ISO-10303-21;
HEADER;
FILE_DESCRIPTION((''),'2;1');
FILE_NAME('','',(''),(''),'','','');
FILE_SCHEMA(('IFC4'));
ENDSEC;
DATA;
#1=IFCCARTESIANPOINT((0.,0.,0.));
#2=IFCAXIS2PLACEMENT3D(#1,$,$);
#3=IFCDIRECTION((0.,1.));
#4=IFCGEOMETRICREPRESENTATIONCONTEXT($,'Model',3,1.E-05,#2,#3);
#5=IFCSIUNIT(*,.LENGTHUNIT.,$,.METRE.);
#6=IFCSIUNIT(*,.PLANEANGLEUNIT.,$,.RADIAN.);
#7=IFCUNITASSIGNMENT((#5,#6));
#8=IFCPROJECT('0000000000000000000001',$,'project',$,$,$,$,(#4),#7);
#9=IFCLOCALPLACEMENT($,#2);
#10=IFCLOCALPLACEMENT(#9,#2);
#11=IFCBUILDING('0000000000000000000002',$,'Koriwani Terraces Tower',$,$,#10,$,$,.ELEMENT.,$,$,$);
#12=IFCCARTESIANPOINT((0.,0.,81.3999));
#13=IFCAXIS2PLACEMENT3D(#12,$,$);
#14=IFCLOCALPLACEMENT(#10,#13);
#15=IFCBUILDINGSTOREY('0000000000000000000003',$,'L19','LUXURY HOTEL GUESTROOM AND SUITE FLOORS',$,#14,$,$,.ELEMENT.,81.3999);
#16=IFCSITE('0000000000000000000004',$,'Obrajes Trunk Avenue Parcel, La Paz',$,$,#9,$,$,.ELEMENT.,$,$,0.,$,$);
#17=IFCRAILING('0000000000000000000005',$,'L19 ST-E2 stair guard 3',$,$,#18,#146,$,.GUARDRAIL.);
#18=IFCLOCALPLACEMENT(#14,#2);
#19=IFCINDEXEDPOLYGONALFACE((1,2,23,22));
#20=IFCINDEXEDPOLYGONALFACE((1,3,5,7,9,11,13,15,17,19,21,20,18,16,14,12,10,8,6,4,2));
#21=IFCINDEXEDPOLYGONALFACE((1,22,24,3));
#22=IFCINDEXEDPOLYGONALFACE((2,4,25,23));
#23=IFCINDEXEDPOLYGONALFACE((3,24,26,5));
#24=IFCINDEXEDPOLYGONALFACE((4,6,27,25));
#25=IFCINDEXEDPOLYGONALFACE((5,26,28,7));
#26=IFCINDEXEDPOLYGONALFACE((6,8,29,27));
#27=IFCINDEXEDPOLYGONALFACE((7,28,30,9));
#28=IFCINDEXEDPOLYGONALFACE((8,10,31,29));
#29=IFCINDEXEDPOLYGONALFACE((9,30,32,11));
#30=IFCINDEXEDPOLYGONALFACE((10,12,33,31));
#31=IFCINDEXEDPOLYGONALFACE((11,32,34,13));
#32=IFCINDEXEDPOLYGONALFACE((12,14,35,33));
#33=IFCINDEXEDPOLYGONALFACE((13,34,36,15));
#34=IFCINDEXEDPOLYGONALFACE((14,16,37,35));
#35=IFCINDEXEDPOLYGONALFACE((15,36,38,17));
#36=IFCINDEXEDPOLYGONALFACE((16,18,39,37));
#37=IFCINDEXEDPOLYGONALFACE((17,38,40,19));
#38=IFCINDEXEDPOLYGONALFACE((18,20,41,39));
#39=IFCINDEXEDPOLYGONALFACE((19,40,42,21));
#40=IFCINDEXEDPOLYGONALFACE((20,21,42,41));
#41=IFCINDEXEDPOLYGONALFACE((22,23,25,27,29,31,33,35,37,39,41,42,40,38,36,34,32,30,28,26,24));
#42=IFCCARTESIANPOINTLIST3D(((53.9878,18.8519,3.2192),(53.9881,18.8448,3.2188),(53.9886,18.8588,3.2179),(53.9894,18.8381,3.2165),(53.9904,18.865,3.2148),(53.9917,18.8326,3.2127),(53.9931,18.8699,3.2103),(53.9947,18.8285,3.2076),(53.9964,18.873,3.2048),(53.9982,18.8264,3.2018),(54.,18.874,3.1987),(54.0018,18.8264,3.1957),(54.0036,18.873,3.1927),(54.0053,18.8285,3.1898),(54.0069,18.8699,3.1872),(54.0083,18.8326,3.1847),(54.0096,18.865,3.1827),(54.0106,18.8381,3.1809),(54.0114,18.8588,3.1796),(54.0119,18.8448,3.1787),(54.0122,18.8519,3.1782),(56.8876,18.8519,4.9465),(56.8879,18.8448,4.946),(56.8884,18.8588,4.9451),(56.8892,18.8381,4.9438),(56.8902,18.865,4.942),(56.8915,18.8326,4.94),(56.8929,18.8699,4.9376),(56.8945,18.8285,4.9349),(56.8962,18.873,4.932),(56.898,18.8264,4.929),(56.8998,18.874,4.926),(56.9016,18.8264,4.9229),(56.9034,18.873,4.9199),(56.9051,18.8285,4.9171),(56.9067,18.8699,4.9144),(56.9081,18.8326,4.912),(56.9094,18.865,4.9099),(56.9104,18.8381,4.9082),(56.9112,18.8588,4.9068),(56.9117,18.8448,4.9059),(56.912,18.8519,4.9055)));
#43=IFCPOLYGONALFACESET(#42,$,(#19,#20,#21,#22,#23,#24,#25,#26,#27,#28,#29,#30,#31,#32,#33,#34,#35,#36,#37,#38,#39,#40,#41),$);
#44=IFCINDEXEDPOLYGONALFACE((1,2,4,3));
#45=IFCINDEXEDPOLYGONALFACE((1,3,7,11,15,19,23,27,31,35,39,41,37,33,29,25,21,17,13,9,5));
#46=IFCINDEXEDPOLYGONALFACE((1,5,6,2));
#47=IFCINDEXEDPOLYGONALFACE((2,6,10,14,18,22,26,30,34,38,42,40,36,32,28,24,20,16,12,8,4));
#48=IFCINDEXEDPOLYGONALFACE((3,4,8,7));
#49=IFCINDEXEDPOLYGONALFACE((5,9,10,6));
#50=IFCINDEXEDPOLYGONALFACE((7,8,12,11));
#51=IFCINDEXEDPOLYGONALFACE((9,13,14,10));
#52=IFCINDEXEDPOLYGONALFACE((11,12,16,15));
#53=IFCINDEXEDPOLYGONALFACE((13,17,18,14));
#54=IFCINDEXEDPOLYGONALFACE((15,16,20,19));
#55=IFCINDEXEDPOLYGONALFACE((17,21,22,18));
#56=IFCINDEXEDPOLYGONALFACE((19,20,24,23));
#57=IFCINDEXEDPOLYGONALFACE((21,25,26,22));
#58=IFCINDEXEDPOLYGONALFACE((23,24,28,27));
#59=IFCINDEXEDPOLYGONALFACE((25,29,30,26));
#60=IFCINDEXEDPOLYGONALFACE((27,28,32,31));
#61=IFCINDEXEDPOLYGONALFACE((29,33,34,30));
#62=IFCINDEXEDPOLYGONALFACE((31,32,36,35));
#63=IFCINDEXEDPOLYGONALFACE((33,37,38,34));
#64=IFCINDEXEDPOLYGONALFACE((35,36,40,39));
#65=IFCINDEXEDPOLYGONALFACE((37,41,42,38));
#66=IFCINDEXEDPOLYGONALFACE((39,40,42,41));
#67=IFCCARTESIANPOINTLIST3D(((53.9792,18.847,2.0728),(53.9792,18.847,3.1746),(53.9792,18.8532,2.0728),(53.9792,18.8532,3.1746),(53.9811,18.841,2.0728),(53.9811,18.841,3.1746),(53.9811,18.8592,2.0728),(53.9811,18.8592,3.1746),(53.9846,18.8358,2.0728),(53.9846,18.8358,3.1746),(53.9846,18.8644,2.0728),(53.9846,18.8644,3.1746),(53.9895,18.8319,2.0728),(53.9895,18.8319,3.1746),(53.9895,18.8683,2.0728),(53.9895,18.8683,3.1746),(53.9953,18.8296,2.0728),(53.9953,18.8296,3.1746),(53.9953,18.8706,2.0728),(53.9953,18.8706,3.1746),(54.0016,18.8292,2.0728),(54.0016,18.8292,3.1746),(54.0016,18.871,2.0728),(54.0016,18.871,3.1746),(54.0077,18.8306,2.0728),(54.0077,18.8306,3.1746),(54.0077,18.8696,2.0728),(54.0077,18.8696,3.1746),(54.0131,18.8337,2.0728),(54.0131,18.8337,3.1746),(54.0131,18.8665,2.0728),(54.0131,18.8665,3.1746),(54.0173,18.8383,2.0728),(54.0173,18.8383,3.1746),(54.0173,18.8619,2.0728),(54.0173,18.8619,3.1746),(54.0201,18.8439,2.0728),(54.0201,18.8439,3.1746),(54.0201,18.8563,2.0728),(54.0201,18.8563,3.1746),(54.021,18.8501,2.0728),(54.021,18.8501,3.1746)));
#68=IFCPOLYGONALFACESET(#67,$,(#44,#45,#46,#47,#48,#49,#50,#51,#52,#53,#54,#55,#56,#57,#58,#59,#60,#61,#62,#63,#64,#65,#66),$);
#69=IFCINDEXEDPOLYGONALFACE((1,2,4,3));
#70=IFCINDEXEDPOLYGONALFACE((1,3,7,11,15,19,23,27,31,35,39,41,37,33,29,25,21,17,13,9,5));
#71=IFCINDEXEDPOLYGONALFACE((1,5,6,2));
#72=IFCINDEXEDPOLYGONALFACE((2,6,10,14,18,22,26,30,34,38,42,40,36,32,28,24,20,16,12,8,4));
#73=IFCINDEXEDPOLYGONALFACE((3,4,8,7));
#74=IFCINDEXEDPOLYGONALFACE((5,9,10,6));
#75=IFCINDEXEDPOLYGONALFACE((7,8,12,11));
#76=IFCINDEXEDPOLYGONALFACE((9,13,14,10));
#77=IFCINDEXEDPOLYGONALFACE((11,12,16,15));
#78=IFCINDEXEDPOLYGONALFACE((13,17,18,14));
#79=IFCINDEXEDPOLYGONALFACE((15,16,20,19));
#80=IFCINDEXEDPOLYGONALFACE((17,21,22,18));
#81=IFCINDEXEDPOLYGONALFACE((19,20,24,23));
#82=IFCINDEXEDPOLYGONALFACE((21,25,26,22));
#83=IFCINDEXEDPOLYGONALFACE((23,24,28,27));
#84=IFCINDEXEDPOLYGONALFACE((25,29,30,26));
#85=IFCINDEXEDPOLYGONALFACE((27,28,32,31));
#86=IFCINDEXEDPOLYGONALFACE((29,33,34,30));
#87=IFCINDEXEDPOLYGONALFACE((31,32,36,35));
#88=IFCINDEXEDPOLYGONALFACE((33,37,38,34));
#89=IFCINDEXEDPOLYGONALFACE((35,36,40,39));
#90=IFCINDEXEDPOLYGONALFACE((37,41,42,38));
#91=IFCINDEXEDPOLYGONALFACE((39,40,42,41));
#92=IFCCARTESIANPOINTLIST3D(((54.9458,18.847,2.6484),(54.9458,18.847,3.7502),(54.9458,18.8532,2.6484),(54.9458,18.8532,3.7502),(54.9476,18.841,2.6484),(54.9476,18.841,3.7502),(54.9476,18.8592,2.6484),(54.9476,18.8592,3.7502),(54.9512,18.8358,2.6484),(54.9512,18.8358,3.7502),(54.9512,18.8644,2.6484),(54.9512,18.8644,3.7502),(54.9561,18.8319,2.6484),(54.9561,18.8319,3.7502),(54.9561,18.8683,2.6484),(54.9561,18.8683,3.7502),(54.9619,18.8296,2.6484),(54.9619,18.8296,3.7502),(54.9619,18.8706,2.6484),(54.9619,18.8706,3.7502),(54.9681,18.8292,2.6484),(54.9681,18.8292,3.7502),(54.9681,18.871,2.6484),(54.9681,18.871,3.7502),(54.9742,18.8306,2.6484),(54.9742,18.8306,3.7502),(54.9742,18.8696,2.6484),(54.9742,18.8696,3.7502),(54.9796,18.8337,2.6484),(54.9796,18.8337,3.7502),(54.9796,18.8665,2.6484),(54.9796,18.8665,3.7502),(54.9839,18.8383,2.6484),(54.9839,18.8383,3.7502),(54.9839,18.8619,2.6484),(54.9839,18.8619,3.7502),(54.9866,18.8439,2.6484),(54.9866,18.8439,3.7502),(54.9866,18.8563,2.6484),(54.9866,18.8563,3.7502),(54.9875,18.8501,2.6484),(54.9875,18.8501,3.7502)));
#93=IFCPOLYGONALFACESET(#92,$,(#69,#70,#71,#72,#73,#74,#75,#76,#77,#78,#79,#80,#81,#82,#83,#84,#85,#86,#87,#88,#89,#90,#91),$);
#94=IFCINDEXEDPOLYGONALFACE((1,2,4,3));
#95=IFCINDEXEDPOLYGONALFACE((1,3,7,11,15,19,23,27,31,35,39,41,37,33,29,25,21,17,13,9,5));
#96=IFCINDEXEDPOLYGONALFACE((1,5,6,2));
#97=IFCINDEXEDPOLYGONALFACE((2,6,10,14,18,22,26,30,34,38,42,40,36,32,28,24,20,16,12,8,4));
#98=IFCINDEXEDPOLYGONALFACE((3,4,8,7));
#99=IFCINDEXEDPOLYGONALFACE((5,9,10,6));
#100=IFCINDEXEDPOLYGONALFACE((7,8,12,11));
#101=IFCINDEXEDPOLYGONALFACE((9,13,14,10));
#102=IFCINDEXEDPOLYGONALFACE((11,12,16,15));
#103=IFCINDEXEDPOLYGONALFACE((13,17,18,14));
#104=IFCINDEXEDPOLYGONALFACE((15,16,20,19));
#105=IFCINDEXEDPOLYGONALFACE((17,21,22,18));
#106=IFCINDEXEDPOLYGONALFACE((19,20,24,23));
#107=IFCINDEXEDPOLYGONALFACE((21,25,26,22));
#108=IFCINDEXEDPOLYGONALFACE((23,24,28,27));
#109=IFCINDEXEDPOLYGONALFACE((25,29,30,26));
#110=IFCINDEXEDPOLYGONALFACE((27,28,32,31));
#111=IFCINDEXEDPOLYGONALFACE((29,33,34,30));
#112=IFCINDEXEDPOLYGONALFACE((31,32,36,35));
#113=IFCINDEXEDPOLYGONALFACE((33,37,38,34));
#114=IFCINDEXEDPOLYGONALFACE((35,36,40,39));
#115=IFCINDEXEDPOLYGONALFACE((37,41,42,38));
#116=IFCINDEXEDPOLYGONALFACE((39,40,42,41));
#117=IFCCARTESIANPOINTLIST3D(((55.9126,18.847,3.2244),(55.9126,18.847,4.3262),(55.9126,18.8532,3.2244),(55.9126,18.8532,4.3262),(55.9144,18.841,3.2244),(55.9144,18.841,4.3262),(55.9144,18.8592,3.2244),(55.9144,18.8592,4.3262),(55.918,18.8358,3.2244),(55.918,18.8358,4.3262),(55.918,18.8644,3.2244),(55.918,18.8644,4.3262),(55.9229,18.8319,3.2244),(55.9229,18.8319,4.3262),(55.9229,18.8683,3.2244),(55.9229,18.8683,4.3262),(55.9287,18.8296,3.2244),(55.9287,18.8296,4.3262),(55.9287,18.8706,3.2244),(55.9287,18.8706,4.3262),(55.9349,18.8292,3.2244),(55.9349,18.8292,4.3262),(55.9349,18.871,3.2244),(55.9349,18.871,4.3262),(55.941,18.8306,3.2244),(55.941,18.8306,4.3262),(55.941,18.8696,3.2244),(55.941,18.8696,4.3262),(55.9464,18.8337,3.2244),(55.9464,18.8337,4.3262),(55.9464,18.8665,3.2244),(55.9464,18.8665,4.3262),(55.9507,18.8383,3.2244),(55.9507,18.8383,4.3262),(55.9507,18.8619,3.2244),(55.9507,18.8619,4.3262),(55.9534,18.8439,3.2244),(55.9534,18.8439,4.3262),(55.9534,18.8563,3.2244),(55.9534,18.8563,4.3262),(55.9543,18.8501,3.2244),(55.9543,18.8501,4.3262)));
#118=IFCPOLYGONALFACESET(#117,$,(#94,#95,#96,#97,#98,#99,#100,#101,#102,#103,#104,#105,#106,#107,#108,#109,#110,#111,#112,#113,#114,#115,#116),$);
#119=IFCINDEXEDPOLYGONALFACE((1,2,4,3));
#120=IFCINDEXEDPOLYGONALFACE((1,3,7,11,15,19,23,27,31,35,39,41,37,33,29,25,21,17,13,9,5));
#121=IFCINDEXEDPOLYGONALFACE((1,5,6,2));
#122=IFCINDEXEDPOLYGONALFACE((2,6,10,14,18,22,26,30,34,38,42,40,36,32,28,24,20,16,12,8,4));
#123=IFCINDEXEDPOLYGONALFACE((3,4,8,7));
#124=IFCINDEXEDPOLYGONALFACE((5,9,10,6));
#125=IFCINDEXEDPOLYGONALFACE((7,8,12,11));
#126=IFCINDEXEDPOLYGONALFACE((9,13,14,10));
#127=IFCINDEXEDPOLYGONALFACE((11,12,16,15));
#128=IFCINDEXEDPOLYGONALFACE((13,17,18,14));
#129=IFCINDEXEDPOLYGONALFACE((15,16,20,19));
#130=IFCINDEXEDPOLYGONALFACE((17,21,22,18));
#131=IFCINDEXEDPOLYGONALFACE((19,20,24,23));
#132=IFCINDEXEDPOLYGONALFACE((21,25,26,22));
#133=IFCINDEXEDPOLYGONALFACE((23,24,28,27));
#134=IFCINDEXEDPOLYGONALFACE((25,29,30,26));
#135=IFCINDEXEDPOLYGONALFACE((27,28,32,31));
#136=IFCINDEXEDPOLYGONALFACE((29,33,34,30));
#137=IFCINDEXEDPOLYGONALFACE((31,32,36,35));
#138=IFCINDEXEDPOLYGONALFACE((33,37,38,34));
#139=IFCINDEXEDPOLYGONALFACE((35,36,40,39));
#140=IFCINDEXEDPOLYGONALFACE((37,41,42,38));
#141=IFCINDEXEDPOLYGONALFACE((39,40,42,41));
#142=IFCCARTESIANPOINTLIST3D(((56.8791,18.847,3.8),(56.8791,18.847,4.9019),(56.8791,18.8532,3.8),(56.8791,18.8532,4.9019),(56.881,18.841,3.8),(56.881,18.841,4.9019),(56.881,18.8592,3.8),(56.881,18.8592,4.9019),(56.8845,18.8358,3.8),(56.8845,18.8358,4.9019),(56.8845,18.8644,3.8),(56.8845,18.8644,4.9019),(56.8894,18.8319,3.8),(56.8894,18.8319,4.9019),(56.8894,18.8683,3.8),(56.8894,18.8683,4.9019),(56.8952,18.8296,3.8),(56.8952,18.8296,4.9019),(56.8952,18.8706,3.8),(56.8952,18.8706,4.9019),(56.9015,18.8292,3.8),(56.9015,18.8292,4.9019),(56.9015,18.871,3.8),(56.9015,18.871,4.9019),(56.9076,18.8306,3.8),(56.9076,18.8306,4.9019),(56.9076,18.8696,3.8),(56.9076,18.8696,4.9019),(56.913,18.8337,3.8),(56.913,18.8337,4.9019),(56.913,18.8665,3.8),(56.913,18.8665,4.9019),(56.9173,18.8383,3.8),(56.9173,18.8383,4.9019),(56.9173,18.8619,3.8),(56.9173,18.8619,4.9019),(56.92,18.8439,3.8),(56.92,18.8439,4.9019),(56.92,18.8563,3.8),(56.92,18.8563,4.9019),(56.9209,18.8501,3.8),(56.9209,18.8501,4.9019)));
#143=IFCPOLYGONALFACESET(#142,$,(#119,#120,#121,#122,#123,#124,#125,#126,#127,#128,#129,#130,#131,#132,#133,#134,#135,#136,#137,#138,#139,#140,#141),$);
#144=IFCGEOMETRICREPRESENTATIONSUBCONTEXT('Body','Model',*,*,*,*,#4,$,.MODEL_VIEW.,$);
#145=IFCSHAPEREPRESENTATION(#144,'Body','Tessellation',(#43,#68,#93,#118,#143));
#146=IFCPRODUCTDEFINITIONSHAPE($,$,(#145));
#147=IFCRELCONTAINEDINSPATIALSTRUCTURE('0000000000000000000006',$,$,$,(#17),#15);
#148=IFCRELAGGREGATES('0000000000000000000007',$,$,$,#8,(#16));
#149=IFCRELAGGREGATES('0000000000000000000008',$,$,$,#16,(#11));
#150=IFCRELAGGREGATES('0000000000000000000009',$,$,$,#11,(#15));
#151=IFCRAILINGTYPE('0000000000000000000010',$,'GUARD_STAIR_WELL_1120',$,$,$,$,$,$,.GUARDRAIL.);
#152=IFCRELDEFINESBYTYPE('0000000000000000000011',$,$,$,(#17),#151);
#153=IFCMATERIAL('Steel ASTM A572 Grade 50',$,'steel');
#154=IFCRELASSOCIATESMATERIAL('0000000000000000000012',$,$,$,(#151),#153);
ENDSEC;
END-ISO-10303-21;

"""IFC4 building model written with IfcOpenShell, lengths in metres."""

from ifc_helpers import new_model, si_unit, direction, frame, origin, origin_2d, place, context, subcontext, project, spatial, circle, extrude, material, type_object, element, save


model = new_model("IFC4")

# Units and contexts
model_context = context("Model", 3, precision=1e-05, world=origin(), true_north=direction((0.0, 1.0)))
body_context = subcontext(model_context, "Body", "Model", "MODEL_VIEW")
ifc_project = project(units=[si_unit("LENGTHUNIT", "METRE"), si_unit("PLANEANGLEUNIT", "RADIAN")], contexts=[model_context])

# Site, building, storey
site_placement = place(None, origin())
site = spatial("IfcSite", under=ifc_project, at=site_placement, Name="Obrajes Trunk Avenue Parcel, La Paz", CompositionType="ELEMENT", RefElevation=0.0)
building_placement = place(site_placement, origin())
building = spatial("IfcBuilding", under=site, at=building_placement, Name="Koriwani Terraces Tower", CompositionType="ELEMENT")
storey_placement = place(building_placement, frame((0.0, 0.0, 81.3999)))
storey = spatial("IfcBuildingStorey", under=building, at=storey_placement, Name="L19", Description="LUXURY HOTEL GUESTROOM AND SUITE FLOORS", CompositionType="ELEMENT", Elevation=81.3999)

# Shared definitions
ifc_material_1 = material(Name="Steel ASTM A572 Grade 50", Category="steel")

# Railing
railing_type_1 = type_object("IfcRailingType", Name="GUARD_STAIR_WELL_1120", PredefinedType="GUARDRAIL", material=ifc_material_1)
railing_1_placement = place(storey_placement, frame((54.0, 18.8501, 2.0728)))
element("IfcRailing", 1, at=railing_1_placement, inside=storey, type_object=railing_type_1, Name="L19 ST-E2 stair guard 3", PredefinedType="GUARDRAIL", context=body_context, shape_type="SweptSolid", body=[
    extrude(circle(Radius=0.0239, at=origin_2d()), frame((0.0, 0.0, 1.126), z_axis=(0.859141, 0.0, 0.511738), x_axis=(0.0, 1.0, 0.0)), (0.0, 0.0, 1.0), 3.3752),
    extrude(circle(Radius=0.021, at=origin_2d()), origin(), (0.0, 0.0, 1.0), 1.1018),
    extrude(circle(Radius=0.021, at=origin_2d()), frame((0.9666, 0.0, 0.5757)), (0.0, 0.0, 1.0), 1.1018),
    extrude(circle(Radius=0.021, at=origin_2d()), frame((1.9333, 0.0, 1.1516)), (0.0, 0.0, 1.0), 1.1018),
    extrude(circle(Radius=0.021, at=origin_2d()), frame((2.8999, 0.0, 1.7273)), (0.0, 0.0, 1.0), 1.1018),
])

save(model, "model.ifc")
